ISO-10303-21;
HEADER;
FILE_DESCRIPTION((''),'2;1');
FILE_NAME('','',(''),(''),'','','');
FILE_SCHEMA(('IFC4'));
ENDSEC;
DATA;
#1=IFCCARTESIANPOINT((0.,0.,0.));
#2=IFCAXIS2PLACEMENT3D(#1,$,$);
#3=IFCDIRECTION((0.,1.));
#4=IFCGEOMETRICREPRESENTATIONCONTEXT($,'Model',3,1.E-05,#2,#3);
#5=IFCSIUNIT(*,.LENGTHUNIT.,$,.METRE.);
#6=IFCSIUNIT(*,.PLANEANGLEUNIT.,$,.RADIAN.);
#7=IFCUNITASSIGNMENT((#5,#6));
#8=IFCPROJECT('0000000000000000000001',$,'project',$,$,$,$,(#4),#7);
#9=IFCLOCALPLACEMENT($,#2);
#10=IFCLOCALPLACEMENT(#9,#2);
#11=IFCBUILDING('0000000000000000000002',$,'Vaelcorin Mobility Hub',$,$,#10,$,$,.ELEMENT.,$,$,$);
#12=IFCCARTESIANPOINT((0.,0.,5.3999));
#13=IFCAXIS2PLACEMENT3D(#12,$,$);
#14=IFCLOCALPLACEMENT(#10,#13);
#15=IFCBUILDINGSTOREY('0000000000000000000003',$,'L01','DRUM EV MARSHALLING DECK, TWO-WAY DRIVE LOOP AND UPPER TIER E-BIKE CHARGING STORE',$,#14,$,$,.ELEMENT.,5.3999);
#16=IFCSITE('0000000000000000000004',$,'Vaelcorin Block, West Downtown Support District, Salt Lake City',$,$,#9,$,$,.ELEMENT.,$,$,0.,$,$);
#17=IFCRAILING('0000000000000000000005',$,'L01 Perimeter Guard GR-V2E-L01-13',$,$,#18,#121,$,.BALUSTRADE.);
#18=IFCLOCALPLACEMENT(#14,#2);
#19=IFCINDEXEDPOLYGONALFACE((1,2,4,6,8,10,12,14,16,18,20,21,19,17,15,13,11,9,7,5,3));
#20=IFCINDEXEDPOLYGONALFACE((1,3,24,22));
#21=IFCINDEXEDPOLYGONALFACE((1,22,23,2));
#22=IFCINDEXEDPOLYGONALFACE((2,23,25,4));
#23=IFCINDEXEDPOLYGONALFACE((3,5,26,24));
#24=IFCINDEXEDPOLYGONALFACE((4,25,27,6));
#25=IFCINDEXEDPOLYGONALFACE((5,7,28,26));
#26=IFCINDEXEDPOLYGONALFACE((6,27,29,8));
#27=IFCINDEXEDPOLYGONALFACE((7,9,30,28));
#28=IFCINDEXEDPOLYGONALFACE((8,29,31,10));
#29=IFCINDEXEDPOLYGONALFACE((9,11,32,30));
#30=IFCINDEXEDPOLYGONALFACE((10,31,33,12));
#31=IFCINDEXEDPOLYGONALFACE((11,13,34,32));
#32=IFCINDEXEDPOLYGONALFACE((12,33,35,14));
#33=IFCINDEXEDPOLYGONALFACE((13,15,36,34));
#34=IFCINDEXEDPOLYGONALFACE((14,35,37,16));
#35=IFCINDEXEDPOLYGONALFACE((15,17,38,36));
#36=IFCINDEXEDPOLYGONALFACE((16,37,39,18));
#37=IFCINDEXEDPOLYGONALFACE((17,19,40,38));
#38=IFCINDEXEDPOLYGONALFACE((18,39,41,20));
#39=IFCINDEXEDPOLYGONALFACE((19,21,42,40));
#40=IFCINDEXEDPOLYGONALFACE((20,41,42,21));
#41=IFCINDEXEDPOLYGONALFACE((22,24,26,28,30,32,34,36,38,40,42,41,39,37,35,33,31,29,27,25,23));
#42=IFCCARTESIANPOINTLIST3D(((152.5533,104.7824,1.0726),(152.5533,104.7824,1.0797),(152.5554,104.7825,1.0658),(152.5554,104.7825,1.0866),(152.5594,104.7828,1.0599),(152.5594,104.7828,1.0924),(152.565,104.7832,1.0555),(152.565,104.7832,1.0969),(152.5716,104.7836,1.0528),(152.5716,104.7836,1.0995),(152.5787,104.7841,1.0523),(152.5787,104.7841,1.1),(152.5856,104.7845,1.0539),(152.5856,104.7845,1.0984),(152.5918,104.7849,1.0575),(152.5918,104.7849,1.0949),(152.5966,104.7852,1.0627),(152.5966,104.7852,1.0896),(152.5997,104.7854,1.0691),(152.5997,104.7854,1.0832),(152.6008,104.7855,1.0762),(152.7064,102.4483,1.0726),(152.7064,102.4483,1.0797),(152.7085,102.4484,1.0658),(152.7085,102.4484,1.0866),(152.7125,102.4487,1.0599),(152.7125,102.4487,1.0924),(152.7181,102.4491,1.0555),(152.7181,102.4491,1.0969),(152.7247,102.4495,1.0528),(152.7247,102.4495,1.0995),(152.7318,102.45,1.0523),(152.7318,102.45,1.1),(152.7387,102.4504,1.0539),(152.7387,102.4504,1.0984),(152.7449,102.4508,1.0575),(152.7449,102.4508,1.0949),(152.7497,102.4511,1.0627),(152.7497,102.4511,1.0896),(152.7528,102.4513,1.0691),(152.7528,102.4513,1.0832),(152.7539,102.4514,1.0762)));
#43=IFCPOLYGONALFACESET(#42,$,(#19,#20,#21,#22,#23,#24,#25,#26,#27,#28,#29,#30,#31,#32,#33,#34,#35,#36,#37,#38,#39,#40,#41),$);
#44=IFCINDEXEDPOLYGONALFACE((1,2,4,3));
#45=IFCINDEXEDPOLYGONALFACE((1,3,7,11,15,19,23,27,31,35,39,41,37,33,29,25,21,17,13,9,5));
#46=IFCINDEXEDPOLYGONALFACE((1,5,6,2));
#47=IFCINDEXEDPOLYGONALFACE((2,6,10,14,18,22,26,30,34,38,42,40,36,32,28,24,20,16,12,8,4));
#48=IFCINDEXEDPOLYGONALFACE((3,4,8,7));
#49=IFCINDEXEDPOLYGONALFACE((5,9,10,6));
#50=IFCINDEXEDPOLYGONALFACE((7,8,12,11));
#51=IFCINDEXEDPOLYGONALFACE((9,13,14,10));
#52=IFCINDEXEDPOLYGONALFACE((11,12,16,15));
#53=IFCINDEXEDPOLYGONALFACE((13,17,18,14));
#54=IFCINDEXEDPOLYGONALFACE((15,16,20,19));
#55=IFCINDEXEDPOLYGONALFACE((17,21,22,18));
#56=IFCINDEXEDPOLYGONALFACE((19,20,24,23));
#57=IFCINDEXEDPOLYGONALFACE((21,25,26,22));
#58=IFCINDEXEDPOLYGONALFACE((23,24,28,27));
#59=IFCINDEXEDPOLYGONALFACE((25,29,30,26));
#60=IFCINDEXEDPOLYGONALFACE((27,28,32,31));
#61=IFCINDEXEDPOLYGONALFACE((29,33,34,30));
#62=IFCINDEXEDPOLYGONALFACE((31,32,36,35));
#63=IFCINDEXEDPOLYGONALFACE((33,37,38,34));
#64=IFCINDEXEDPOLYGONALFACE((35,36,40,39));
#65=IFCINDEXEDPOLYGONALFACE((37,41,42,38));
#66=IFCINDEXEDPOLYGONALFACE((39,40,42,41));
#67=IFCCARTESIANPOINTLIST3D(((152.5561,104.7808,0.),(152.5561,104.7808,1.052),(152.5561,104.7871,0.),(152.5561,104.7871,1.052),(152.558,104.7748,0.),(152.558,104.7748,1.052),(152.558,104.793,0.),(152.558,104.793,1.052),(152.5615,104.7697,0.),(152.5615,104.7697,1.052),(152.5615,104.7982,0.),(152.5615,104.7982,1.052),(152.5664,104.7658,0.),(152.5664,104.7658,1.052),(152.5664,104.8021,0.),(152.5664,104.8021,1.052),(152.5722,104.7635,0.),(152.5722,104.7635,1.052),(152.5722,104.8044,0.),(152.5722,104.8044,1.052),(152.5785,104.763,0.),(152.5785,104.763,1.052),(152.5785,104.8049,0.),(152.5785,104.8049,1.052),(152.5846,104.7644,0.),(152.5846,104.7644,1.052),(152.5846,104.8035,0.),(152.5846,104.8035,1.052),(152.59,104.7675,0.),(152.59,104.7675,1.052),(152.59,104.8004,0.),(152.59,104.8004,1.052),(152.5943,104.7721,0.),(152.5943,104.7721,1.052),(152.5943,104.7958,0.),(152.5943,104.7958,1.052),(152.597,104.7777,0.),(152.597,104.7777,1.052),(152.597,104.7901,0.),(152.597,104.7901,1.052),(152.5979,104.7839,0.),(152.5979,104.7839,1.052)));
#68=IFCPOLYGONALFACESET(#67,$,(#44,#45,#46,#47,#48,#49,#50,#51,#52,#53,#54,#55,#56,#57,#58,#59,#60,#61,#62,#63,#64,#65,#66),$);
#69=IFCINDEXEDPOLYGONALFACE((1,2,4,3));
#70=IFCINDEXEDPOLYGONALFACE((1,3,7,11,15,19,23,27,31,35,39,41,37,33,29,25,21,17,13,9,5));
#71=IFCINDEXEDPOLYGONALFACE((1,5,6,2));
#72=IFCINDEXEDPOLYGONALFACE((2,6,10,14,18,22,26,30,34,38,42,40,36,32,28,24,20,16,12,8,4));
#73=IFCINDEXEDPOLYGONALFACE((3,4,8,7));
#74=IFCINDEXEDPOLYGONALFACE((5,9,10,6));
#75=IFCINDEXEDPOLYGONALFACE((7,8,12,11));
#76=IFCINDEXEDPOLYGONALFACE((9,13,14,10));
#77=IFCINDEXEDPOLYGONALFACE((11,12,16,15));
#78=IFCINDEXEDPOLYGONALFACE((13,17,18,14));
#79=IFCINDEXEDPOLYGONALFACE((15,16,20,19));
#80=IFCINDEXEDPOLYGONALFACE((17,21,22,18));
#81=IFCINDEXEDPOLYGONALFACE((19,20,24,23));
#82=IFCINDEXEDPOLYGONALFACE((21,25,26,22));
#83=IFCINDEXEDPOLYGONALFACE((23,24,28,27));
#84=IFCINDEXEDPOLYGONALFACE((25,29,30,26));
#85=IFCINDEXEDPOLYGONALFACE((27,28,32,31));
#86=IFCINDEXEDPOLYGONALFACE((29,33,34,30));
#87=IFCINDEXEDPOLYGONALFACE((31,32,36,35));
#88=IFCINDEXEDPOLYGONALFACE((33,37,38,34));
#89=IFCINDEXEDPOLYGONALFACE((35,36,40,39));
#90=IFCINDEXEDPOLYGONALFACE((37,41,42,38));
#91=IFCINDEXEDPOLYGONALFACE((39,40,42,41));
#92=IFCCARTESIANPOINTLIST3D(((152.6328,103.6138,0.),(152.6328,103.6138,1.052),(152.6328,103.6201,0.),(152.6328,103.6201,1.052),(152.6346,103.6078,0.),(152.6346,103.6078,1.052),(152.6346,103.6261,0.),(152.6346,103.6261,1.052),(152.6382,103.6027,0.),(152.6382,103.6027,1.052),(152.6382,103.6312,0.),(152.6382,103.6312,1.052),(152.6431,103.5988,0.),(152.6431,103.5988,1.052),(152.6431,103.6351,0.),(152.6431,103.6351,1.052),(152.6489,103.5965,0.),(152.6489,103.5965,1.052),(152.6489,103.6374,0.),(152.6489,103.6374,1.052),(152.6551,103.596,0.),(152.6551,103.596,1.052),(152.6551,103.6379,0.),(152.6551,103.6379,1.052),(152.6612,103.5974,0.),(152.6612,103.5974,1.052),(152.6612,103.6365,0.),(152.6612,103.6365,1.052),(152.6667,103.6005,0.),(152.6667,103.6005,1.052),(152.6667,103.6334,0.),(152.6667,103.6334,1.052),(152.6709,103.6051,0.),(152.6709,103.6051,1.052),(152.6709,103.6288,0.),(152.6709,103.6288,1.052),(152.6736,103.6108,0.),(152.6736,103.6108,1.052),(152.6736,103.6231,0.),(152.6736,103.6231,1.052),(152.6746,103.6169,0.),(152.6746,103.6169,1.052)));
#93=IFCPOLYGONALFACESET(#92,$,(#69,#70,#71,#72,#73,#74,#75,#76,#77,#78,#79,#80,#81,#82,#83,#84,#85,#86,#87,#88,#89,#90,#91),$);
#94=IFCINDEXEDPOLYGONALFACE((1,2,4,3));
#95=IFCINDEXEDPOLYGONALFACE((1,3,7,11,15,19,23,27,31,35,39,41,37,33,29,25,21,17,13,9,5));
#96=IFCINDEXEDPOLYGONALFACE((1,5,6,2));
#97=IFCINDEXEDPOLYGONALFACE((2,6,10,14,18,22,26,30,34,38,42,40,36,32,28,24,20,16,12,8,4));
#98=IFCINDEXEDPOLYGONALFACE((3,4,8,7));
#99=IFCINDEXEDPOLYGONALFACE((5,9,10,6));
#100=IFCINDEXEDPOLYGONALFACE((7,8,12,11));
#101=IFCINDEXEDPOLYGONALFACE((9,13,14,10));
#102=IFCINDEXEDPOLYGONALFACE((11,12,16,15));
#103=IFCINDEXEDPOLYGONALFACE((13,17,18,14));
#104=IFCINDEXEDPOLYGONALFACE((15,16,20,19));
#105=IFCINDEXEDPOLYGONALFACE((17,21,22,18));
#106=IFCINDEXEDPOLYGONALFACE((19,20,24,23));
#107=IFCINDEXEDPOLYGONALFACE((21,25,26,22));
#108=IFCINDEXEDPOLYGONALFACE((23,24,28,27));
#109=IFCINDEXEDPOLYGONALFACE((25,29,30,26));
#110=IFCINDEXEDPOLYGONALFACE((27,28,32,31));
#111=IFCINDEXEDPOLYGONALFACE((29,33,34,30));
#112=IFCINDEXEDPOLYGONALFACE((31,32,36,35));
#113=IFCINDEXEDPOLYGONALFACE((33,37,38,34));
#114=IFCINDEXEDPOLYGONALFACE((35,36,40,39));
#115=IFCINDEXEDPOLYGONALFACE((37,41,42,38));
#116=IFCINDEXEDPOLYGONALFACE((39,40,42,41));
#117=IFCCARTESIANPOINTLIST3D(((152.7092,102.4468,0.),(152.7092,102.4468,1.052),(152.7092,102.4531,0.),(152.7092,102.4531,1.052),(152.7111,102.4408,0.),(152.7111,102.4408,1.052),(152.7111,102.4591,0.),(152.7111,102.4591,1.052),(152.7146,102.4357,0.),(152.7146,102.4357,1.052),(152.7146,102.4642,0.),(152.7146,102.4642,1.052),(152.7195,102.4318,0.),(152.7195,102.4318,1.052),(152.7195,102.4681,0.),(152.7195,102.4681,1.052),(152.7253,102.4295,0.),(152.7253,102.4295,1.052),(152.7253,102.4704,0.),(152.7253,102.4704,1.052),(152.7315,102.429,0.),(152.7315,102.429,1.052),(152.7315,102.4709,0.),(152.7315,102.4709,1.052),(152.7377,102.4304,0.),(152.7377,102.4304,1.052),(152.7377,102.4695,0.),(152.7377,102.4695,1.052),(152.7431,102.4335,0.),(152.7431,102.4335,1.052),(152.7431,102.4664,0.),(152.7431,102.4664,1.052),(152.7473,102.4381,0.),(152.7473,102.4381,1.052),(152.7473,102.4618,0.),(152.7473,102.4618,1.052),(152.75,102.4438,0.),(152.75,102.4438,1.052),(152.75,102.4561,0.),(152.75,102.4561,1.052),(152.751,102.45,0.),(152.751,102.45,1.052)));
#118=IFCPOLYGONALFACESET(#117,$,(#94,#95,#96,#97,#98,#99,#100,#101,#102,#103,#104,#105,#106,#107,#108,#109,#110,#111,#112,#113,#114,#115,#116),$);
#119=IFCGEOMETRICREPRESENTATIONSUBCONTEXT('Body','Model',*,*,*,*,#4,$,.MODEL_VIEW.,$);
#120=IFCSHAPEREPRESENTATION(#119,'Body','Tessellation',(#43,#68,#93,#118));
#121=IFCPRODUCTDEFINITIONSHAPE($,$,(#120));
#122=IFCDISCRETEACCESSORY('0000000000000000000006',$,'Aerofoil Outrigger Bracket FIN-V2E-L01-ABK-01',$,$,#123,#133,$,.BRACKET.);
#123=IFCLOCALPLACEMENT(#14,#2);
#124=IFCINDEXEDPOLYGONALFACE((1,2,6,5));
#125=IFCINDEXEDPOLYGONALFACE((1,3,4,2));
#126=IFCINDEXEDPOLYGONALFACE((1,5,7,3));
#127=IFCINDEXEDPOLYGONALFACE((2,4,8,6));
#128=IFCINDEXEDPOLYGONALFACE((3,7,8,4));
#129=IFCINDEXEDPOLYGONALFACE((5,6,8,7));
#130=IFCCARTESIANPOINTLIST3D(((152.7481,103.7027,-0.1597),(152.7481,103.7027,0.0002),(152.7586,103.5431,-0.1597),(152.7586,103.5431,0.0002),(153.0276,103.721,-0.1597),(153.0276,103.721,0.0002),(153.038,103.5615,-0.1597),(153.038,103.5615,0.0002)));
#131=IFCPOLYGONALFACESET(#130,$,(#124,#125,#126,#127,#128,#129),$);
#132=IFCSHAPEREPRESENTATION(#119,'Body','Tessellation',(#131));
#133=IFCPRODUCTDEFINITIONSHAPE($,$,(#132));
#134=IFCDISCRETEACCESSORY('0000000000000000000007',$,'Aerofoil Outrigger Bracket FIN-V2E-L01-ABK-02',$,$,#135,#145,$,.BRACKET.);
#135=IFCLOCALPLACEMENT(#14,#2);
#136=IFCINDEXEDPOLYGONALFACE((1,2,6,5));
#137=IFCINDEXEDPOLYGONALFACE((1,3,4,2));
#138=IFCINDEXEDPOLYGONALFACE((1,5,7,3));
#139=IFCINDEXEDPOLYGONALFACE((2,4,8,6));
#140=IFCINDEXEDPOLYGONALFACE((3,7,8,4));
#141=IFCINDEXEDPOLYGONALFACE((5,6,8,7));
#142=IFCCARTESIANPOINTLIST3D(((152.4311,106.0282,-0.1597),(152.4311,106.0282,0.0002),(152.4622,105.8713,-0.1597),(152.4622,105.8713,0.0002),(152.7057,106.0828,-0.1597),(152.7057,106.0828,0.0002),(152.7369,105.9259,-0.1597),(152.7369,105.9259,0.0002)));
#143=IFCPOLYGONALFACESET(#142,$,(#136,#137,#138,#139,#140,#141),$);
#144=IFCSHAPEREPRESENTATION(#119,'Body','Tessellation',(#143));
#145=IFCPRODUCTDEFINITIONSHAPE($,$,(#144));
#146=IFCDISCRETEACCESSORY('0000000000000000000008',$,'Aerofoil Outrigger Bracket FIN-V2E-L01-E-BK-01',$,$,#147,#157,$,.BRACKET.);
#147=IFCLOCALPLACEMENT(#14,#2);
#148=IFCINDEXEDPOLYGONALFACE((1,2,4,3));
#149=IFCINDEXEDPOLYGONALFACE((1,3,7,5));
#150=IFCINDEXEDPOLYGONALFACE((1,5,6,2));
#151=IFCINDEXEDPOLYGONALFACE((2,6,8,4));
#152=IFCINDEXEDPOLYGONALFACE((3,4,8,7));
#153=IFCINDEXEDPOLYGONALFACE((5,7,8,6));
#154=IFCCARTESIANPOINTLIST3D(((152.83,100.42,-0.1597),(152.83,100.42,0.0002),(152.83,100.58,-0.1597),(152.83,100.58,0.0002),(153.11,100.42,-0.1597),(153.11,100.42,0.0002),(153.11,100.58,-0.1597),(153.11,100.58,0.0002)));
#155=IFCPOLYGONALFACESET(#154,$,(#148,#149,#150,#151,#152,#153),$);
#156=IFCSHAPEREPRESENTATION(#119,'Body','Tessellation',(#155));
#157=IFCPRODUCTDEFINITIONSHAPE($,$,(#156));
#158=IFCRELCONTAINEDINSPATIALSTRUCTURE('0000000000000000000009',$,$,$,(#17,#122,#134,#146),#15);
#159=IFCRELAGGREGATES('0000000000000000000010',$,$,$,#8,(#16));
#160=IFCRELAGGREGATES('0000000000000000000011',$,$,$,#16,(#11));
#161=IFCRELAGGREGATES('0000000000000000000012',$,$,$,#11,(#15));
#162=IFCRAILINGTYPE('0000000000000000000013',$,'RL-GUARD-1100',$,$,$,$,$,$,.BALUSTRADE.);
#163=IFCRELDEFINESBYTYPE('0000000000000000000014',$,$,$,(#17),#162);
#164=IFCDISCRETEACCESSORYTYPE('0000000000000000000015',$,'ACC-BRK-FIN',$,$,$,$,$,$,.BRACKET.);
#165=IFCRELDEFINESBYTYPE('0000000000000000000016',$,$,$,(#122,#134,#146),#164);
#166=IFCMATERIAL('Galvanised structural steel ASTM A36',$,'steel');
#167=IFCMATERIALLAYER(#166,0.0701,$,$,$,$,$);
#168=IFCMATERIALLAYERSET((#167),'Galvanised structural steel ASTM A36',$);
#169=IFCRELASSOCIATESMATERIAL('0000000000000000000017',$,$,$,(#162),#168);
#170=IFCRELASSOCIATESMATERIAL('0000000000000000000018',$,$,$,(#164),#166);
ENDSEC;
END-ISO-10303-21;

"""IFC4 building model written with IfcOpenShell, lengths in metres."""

from ifc_helpers import new_model, si_unit, direction, frame, origin, origin_2d, place, context, subcontext, project, spatial, rectangle, circle, extrude, material, layer, layer_set, type_object, element, save


model = new_model("IFC4")

# Units and contexts
model_context = context("Model", 3, precision=1e-05, world=origin(), true_north=direction((0.0, 1.0)))
body_context = subcontext(model_context, "Body", "Model", "MODEL_VIEW")
ifc_project = project(units=[si_unit("LENGTHUNIT", "METRE"), si_unit("PLANEANGLEUNIT", "RADIAN")], contexts=[model_context])

# Site, building, storey
site_placement = place(None, origin())
site = spatial("IfcSite", under=ifc_project, at=site_placement, Name="Vaelcorin Block, West Downtown Support District, Salt Lake City", CompositionType="ELEMENT", RefElevation=0.0)
building_placement = place(site_placement, origin())
building = spatial("IfcBuilding", under=site, at=building_placement, Name="Vaelcorin Mobility Hub", CompositionType="ELEMENT")
storey_placement = place(building_placement, frame((0.0, 0.0, 5.3999)))
storey = spatial("IfcBuildingStorey", under=building, at=storey_placement, Name="L01", Description="DRUM EV MARSHALLING DECK, TWO-WAY DRIVE LOOP AND UPPER TIER E-BIKE CHARGING STORE", CompositionType="ELEMENT", Elevation=5.3999)

# Railing
ifc_material_1 = material(Name="Galvanised structural steel ASTM A36", Category="steel")
ifc_layer_1 = layer(ifc_material_1, 0.0701)
ifc_layer_set_1 = layer_set([ifc_layer_1], Name="Galvanised structural steel ASTM A36")
railing_type = type_object("IfcRailingType", Name="RL-GUARD-1100", PredefinedType="BALUSTRADE", material=ifc_layer_set_1)
railing_1_placement = place(storey_placement, frame((152.5769, 104.7839, 0.0)))
element("IfcRailing", 1, at=railing_1_placement, inside=storey, type_object=railing_type, Name="L01 Perimeter Guard GR-V2E-L01-13", PredefinedType="BALUSTRADE", context=body_context, shape_type="SweptSolid", body=[
    extrude(circle(Radius=0.0239, at=origin_2d()), frame((0.0, 0.0, 1.0762), z_axis=(0.065445, -0.997856, 0.0), x_axis=(0.997856, 0.065445, 0.0)), (0.0, 0.0, 1.0), 2.3391),
    extrude(circle(Radius=0.021, at=origin_2d()), origin(), (0.0, 0.0, 1.0), 1.052),
    extrude(circle(Radius=0.021, at=origin_2d()), frame((0.0767, -1.167, 0.0)), (0.0, 0.0, 1.0), 1.052),
    extrude(circle(Radius=0.021, at=origin_2d()), frame((0.1531, -2.334, 0.0)), (0.0, 0.0, 1.0), 1.052),
])

# Discrete accessories
discrete_accessory_type = type_object("IfcDiscreteAccessoryType", Name="ACC-BRK-FIN", PredefinedType="BRACKET", material=ifc_material_1)
for number, where, z_axis, x_axis, name in (
    (2, (152.8931, 103.6321, -0.1597), (0.0, 0.0, 1.0), (0.997858, 0.065421, 0.0), "Aerofoil Outrigger Bracket FIN-V2E-L01-ABK-01"),
    (3, (152.584, 105.9771, -0.1597), (0.0, 0.0, 1.0), (0.980826, 0.194885, 0.0), "Aerofoil Outrigger Bracket FIN-V2E-L01-ABK-02"),
    (4, (152.97, 100.5, -0.1597), (0.0, 0.0, 1.0), (1.0, 0.0, 0.0), "Aerofoil Outrigger Bracket FIN-V2E-L01-E-BK-01"),
):
    element("IfcDiscreteAccessory", number, at=place(storey_placement, frame(where, z_axis=z_axis, x_axis=x_axis)), inside=storey, type_object=discrete_accessory_type, Name=name, PredefinedType="BRACKET", context=body_context, shape_type="SweptSolid", body=[
        extrude(rectangle(XDim=0.28, YDim=0.1599, at=origin_2d()), origin(), (0.0, 0.0, 1.0), 0.1599),
    ])

save(model, "model.ifc")
